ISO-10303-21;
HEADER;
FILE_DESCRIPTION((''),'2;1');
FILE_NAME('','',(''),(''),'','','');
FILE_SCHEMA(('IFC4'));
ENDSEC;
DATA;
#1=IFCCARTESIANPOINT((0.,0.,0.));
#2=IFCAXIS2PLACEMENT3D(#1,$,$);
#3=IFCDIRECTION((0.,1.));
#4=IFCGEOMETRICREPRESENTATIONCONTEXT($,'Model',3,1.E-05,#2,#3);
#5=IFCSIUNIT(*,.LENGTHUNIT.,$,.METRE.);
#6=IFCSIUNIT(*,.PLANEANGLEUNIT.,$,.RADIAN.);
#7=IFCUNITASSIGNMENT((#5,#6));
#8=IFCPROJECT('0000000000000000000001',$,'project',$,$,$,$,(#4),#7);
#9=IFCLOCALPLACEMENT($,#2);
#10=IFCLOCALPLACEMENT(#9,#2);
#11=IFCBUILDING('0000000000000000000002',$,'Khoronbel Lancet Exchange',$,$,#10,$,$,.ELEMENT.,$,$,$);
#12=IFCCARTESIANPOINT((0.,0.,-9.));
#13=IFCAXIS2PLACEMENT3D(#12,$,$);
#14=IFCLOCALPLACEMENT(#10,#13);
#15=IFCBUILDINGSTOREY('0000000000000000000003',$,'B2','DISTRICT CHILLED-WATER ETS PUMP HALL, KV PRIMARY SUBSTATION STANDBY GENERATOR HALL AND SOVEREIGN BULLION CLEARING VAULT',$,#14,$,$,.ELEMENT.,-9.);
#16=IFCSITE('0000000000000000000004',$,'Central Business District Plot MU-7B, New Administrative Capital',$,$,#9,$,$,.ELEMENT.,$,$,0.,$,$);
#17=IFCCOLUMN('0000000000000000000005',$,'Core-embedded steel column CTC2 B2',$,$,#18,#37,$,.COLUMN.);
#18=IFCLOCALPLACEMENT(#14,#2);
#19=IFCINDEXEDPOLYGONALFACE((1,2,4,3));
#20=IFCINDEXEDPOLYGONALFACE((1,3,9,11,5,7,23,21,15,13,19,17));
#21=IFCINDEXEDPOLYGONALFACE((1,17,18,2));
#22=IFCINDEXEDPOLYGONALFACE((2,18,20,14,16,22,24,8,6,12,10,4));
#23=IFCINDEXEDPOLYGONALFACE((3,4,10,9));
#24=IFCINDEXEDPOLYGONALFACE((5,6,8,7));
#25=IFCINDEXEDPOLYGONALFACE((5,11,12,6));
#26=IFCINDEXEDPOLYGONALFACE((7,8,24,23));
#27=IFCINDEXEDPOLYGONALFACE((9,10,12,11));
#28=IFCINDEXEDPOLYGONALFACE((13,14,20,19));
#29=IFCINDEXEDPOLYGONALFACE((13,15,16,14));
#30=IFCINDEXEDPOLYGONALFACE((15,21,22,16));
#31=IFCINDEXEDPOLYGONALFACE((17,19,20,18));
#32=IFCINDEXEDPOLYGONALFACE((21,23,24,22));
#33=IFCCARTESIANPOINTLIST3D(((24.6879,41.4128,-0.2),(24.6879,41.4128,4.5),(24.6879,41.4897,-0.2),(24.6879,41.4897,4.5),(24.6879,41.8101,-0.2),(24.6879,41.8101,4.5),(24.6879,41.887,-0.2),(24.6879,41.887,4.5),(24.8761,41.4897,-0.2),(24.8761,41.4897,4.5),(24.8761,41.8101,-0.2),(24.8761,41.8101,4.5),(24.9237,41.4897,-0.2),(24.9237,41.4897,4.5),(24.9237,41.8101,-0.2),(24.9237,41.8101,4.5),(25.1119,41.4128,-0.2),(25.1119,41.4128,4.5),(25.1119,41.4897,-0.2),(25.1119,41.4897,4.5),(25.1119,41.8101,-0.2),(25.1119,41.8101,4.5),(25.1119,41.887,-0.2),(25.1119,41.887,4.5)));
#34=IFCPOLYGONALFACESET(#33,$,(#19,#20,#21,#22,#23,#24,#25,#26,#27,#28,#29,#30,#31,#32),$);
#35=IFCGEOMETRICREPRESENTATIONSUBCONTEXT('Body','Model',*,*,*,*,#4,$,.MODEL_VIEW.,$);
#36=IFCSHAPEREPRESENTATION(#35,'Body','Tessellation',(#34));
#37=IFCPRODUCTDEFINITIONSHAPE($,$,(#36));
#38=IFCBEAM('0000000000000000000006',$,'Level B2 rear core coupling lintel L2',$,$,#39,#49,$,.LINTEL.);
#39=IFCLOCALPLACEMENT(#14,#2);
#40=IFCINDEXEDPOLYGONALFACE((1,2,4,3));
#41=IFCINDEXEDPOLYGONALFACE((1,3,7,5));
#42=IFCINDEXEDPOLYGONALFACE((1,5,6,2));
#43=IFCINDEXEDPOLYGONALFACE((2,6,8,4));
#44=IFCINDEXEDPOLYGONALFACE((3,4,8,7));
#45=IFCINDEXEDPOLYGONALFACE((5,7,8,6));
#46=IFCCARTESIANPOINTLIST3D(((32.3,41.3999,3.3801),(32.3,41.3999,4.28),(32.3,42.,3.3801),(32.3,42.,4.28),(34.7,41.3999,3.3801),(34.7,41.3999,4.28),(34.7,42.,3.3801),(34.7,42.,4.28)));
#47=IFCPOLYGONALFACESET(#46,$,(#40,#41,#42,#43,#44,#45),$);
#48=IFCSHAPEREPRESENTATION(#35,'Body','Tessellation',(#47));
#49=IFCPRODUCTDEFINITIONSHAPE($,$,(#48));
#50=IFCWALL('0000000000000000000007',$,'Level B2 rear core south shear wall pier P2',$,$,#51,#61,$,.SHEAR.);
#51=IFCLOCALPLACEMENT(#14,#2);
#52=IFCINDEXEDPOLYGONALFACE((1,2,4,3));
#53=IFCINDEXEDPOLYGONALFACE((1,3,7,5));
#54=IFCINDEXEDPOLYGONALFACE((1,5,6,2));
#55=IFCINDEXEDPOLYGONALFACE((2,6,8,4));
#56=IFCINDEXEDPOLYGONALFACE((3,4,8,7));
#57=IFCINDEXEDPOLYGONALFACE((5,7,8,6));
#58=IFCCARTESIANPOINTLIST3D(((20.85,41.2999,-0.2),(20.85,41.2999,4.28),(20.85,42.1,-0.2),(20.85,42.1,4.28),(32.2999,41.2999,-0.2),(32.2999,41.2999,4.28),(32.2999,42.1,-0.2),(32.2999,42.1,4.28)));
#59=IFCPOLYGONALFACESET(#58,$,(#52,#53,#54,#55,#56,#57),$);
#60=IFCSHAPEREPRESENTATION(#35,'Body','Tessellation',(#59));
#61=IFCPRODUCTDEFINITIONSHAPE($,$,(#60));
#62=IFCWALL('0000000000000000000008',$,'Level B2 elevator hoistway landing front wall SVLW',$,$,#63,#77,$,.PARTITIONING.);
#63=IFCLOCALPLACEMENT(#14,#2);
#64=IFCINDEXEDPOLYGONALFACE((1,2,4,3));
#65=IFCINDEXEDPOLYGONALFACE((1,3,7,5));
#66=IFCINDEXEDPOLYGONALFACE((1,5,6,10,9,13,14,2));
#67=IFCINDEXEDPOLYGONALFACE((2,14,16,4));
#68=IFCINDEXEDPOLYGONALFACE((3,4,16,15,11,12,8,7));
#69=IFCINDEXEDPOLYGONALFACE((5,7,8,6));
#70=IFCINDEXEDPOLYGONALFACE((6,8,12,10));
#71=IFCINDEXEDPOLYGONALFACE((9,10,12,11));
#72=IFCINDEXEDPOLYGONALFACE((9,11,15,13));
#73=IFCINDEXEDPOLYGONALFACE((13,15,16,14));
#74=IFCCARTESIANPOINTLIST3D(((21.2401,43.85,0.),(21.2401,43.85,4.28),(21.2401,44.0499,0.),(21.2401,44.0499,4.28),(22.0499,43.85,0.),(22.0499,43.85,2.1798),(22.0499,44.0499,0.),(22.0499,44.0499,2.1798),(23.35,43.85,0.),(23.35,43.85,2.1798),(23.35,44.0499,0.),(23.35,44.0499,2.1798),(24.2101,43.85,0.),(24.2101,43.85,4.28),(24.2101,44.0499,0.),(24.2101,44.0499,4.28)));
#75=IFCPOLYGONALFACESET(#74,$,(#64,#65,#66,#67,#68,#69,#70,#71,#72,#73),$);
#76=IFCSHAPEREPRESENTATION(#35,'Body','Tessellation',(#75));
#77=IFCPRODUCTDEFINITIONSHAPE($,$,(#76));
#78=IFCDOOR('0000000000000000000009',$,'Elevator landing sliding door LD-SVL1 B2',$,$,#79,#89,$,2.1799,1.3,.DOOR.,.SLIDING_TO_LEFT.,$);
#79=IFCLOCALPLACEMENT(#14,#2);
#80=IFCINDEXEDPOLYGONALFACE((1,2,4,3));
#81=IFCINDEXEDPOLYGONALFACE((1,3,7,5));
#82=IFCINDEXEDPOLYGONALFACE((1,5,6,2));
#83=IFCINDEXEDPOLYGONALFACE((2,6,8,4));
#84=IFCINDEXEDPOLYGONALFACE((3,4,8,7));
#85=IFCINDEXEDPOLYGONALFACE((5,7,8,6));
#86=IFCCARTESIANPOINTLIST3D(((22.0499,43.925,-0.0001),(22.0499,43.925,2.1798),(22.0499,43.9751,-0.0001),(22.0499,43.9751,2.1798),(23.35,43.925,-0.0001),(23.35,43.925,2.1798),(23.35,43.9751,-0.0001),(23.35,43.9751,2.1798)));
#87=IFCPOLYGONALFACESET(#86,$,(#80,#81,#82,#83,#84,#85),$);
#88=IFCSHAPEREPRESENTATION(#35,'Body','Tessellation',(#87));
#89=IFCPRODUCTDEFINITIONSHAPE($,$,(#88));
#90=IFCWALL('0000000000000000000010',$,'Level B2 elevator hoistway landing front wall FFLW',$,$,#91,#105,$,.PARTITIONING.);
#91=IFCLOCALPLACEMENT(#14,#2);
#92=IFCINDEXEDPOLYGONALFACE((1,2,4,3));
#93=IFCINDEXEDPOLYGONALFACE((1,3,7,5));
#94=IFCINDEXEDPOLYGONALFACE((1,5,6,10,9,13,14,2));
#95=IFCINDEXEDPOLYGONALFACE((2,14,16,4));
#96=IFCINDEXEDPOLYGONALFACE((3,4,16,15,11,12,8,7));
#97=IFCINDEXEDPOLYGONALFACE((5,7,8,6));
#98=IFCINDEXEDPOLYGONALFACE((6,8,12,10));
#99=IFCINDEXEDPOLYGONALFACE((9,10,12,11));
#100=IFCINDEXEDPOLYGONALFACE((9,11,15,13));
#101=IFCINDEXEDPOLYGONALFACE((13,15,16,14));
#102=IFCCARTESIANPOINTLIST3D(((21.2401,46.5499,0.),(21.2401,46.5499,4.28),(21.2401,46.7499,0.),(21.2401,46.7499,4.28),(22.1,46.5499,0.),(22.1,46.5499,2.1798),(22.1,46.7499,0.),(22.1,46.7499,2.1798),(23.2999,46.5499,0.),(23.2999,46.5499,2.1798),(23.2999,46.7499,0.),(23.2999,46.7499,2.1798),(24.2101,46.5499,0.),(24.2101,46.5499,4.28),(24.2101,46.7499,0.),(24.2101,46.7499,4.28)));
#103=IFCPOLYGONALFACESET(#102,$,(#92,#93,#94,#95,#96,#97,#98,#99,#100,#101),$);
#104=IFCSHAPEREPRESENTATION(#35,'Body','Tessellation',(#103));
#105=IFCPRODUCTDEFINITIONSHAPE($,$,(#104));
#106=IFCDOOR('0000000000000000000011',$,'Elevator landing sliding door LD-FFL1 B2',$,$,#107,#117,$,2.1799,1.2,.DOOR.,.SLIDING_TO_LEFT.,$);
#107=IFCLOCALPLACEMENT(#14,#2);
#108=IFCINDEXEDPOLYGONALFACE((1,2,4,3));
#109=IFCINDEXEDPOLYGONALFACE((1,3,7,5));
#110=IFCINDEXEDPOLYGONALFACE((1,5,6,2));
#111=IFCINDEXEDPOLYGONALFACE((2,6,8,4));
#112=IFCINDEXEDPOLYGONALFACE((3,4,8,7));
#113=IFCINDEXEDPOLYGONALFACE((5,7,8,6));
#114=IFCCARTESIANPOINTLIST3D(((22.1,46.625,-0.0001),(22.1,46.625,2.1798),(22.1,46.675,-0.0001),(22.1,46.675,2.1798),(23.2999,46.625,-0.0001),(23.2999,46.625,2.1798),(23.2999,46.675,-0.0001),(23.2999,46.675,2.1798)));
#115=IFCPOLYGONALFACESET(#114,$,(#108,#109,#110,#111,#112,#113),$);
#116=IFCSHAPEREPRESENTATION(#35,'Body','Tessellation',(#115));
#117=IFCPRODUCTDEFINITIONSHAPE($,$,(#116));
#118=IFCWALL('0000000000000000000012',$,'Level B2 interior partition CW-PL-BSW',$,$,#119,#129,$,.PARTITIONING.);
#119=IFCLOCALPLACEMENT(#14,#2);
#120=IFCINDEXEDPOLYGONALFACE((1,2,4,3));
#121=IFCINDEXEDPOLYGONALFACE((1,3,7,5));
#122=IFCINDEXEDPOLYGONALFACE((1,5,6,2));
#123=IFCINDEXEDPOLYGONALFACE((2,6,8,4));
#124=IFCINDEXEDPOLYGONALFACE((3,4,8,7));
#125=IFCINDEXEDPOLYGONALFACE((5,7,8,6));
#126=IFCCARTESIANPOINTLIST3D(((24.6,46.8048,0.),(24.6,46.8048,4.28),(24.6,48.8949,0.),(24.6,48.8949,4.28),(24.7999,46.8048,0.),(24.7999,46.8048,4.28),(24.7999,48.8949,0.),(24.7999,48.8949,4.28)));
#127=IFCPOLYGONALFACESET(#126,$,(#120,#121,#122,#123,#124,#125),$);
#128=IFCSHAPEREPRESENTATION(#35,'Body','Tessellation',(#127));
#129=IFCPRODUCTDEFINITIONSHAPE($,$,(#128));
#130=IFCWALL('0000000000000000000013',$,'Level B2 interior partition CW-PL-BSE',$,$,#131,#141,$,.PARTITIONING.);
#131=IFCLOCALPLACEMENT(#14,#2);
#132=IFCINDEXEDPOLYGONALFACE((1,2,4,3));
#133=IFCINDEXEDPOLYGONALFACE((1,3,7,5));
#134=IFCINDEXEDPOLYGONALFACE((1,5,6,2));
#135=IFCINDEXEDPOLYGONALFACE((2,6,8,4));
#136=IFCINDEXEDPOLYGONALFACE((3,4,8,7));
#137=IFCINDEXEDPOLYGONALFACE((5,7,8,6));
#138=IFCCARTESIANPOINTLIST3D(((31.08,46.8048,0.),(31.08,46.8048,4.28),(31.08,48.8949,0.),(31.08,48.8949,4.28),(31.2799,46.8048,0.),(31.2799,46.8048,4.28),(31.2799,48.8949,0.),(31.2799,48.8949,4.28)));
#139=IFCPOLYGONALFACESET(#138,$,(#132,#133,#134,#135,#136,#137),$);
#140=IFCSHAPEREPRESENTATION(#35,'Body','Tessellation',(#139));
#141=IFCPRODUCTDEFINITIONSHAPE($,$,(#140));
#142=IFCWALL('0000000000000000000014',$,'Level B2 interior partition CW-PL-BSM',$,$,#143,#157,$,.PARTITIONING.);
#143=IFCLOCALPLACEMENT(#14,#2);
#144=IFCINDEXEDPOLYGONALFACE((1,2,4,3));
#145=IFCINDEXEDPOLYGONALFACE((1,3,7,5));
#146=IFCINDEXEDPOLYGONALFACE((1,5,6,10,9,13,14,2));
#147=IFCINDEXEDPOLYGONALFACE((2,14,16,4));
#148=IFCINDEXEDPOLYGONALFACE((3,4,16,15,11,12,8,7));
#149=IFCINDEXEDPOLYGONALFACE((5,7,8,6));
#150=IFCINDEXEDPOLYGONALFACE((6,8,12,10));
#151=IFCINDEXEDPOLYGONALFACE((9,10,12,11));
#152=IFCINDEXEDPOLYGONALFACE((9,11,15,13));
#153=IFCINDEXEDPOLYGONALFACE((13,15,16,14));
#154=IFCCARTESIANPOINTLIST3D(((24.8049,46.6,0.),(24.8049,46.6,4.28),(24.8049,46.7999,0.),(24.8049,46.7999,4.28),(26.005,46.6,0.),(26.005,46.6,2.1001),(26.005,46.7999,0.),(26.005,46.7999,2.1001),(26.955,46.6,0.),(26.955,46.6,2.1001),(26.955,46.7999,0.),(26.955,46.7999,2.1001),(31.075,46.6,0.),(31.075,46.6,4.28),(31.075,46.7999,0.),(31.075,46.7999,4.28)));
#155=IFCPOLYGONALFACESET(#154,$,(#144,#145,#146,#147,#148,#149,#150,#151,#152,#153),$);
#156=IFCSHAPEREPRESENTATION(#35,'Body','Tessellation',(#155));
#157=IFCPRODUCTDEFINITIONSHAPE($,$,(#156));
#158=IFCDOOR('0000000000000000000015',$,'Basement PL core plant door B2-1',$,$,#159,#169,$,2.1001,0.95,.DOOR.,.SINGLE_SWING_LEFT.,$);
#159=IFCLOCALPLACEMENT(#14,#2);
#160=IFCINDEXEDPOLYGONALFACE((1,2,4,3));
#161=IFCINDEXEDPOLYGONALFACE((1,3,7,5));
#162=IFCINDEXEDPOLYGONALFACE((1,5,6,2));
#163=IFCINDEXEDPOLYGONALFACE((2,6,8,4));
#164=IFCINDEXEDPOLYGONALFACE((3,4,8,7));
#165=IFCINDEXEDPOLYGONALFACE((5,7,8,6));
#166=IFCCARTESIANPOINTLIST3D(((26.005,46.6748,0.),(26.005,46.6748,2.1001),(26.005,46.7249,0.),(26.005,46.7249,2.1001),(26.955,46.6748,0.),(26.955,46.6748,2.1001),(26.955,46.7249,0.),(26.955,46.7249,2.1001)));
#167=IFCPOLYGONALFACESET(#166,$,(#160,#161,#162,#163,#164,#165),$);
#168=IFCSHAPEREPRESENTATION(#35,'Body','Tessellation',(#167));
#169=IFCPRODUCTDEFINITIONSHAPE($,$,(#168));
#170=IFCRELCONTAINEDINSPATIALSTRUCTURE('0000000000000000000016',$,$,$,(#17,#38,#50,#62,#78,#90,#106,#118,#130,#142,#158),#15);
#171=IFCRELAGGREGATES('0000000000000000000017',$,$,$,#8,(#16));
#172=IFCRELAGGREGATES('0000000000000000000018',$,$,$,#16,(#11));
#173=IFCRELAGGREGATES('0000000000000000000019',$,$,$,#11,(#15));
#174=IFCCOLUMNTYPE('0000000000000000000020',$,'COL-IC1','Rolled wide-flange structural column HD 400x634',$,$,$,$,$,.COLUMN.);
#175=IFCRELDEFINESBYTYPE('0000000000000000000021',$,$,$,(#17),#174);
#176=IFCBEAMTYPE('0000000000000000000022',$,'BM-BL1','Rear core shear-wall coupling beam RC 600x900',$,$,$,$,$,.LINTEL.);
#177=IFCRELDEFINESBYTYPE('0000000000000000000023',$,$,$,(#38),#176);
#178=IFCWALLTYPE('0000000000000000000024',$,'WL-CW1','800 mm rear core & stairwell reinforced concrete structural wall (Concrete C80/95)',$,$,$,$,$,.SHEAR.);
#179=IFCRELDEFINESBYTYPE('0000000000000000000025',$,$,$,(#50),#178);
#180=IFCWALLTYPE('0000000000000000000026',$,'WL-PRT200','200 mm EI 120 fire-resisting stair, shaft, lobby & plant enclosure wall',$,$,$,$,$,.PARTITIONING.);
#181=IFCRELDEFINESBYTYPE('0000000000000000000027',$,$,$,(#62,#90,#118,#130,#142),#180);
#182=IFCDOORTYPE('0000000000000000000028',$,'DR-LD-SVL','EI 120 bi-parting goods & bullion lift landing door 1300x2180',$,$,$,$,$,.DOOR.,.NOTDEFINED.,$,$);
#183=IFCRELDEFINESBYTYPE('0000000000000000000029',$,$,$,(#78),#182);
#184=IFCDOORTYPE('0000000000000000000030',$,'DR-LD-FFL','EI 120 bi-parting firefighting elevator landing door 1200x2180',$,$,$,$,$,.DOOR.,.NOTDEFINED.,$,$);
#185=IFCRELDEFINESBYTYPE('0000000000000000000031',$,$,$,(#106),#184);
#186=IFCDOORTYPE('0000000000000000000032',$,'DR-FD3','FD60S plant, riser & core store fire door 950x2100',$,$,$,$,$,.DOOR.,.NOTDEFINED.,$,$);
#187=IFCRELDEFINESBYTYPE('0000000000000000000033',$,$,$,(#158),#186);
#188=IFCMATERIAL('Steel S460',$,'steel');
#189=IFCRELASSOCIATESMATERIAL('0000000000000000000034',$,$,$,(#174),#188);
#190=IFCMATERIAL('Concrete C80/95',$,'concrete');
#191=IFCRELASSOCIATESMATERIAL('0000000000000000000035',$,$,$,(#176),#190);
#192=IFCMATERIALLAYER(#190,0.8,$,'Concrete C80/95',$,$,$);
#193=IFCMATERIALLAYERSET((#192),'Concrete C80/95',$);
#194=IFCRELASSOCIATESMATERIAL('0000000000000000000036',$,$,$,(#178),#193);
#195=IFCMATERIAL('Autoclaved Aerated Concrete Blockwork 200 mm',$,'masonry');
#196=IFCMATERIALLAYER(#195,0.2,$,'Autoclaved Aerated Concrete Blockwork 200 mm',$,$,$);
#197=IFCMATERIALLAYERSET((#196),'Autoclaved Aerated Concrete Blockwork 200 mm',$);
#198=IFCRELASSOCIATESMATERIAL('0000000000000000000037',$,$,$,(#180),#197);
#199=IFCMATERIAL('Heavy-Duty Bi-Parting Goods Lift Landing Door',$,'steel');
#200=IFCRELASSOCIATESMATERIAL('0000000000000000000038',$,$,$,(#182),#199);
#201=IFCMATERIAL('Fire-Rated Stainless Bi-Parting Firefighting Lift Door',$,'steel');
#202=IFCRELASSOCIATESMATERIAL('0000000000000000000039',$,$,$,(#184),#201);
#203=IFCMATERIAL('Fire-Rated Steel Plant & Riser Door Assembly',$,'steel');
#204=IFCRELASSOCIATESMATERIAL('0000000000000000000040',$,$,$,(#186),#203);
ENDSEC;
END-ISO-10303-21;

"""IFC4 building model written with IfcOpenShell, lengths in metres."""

from ifc_helpers import new_model, si_unit, direction, frame, frame_2d, origin, origin_2d, place, context, subcontext, project, spatial, rectangle, i_section, extrude, material, layer, layer_set, material_profile, profile_set, type_object, element, fill, save


model = new_model("IFC4")

# Units and contexts
model_context = context("Model", 3, precision=1e-05, world=origin(), true_north=direction((0.0, 1.0)))
body_context = subcontext(model_context, "Body", "Model", "MODEL_VIEW")
ifc_project = project(units=[si_unit("LENGTHUNIT", "METRE"), si_unit("PLANEANGLEUNIT", "RADIAN")], contexts=[model_context])

# Site, building, storey
site_placement = place(None, origin())
site = spatial("IfcSite", under=ifc_project, at=site_placement, Name="Central Business District Plot MU-7B, New Administrative Capital", CompositionType="ELEMENT", RefElevation=0.0)
building_placement = place(site_placement, origin())
building = spatial("IfcBuilding", under=site, at=building_placement, Name="Khoronbel Lancet Exchange", CompositionType="ELEMENT")
storey_placement = place(building_placement, frame((0.0, 0.0, -9.0)))
storey = spatial("IfcBuildingStorey", under=building, at=storey_placement, Name="B2", Description="DISTRICT CHILLED-WATER ETS PUMP HALL, KV PRIMARY SUBSTATION STANDBY GENERATOR HALL AND SOVEREIGN BULLION CLEARING VAULT", CompositionType="ELEMENT", Elevation=-9.0)

# Column
ifc_material_1 = material(Name="Steel S460", Category="steel")
ifc_material_profile_1 = material_profile(ifc_material_1, i_section(OverallWidth=0.4241, OverallDepth=0.4741, WebThickness=0.0476, FlangeThickness=0.0769, at=origin_2d()), Name="HD 400x634")
ifc_profile_set_1 = profile_set([ifc_material_profile_1], Name="Steel S460")
column_type = type_object("IfcColumnType", Name="COL-IC1", Description="Rolled wide-flange structural column HD 400x634", PredefinedType="COLUMN", material=ifc_profile_set_1)
for number, where, z_axis, x_axis, name in (
    (1, (24.8999, 41.6499, -0.2), (0.0, 0.0, 1.0), (1.0, 0.0, 0.0), "Core-embedded steel column CTC2 B2"),
):
    element("IfcColumn", number, at=place(storey_placement, frame(where, z_axis=z_axis, x_axis=x_axis)), inside=storey, type_object=column_type, Name=name, PredefinedType="COLUMN", context=body_context, shape_type="SweptSolid", body=[
        extrude(i_section(OverallWidth=0.4241, OverallDepth=0.4741, WebThickness=0.0476, FlangeThickness=0.0769, at=origin_2d()), origin(), (0.0, 0.0, 1.0), 4.7),
    ])

# Beam
ifc_material_2 = material(Name="Concrete C80/95", Category="concrete")
ifc_material_profile_2 = material_profile(ifc_material_2, rectangle(XDim=0.6001, YDim=0.8999, at=origin_2d()), Name="RC 600x900")
ifc_profile_set_2 = profile_set([ifc_material_profile_2], Name="Concrete C80/95")
beam_type = type_object("IfcBeamType", Name="BM-BL1", Description="Rear core shear-wall coupling beam RC 600x900", PredefinedType="LINTEL", material=ifc_profile_set_2)
beam_placement = place(storey_placement, frame((32.3, 41.7, 3.8301), z_axis=(1.0, 0.0, 0.0), x_axis=(0.0, 1.0, 0.0)))
element("IfcBeam", 2, at=beam_placement, inside=storey, type_object=beam_type, Name="Level B2 rear core coupling lintel L2", PredefinedType="LINTEL", context=body_context, shape_type="SweptSolid", body=[
    extrude(rectangle(XDim=0.6001, YDim=0.8999, at=origin_2d()), origin(), (0.0, 0.0, 1.0), 2.3999),
])

# Wall
ifc_layer_1 = layer(ifc_material_2, 0.8, Name="Concrete C80/95")
ifc_layer_set_1 = layer_set([ifc_layer_1], Name="Concrete C80/95")
wall_type_1 = type_object("IfcWallType", Name="WL-CW1", Description="800 mm rear core & stairwell reinforced concrete structural wall (Concrete C80/95)", PredefinedType="SHEAR", material=ifc_layer_set_1)
wall_1_placement = place(storey_placement, frame((32.3, 41.7, -0.2), z_axis=(0.0, 0.0, 1.0), x_axis=(-1.0, 0.0, 0.0)))
element("IfcWall", 3, at=wall_1_placement, inside=storey, type_object=wall_type_1, Name="Level B2 rear core south shear wall pier P2", PredefinedType="SHEAR", context=body_context, shape_type="SweptSolid", body=[
    extrude(rectangle(XDim=11.45, YDim=0.8, at=frame_2d((5.7251, 0.0))), origin(), (0.0, 0.0, 1.0), 4.48),
])

# Walls, openings, doors
ifc_material_3 = material(Name="Autoclaved Aerated Concrete Blockwork 200 mm", Category="masonry")
ifc_layer_2 = layer(ifc_material_3, 0.2, Name="Autoclaved Aerated Concrete Blockwork 200 mm")
ifc_layer_set_2 = layer_set([ifc_layer_2], Name="Autoclaved Aerated Concrete Blockwork 200 mm")
wall_type_2 = type_object("IfcWallType", Name="WL-PRT200", Description="200 mm EI 120 fire-resisting stair, shaft, lobby & plant enclosure wall", PredefinedType="PARTITIONING", material=ifc_layer_set_2)
wall_2_placement = place(storey_placement, frame((24.21, 43.95, 0.0), z_axis=(0.0, 0.0, 1.0), x_axis=(-1.0, 0.0, 0.0)))
wall_2 = element("IfcWall", 4, at=wall_2_placement, inside=storey, type_object=wall_type_2, Name="Level B2 elevator hoistway landing front wall SVLW", PredefinedType="PARTITIONING", context=body_context, shape_type="SweptSolid", body=[
    extrude(rectangle(XDim=2.97, YDim=0.2, at=frame_2d((1.4849, 0.0))), origin(), (0.0, 0.0, 1.0), 4.28),
])
opening_1_placement = place(wall_2_placement, frame((0.8601, 0.0, 0.0)))
opening_1 = element("IfcOpeningElement", 5, at=opening_1_placement, cuts=wall_2, PredefinedType="OPENING", context=body_context, shape_type="SweptSolid", body=[
    extrude(rectangle(XDim=1.3, YDim=2.1799, at=frame_2d((0.6499, 1.0898))), frame((0.0, 0.1099, 0.0), z_axis=(0.0, -1.0, 0.0), x_axis=(1.0, 0.0, 0.0)), (0.0, 0.0, 1.0), 0.22),
])
ifc_material_4 = material(Name="Heavy-Duty Bi-Parting Goods Lift Landing Door", Category="steel")
door_type_1 = type_object("IfcDoorType", Name="DR-LD-SVL", Description="EI 120 bi-parting goods & bullion lift landing door 1300x2180", OperationType="NOTDEFINED", PredefinedType="DOOR", material=ifc_material_4)
door_1_placement = place(opening_1_placement, origin())
door_1 = element("IfcDoor", 6, at=door_1_placement, inside=storey, type_object=door_type_1, Name="Elevator landing sliding door LD-SVL1 B2", OperationType="SLIDING_TO_LEFT", OverallHeight=2.1799, OverallWidth=1.3, PredefinedType="DOOR", context=body_context, shape_type="SweptSolid", body=[
    extrude(rectangle(XDim=1.3, YDim=2.1799, at=frame_2d((0.6499, 1.0898))), frame((0.0, 0.0249, 0.0), z_axis=(0.0, -1.0, 0.0), x_axis=(1.0, 0.0, 0.0)), (0.0, 0.0, 1.0), 0.05),
])
fill(opening_1, door_1)
wall_3_placement = place(storey_placement, frame((24.21, 46.6499, 0.0), z_axis=(0.0, 0.0, 1.0), x_axis=(-1.0, 0.0, 0.0)))
wall_3 = element("IfcWall", 7, at=wall_3_placement, inside=storey, type_object=wall_type_2, Name="Level B2 elevator hoistway landing front wall FFLW", PredefinedType="PARTITIONING", context=body_context, shape_type="SweptSolid", body=[
    extrude(rectangle(XDim=2.97, YDim=0.2, at=frame_2d((1.4849, 0.0))), origin(), (0.0, 0.0, 1.0), 4.28),
])
opening_2_placement = place(wall_3_placement, frame((0.9099, 0.0, 0.0)))
opening_2 = element("IfcOpeningElement", 8, at=opening_2_placement, cuts=wall_3, PredefinedType="OPENING", context=body_context, shape_type="SweptSolid", body=[
    extrude(rectangle(XDim=1.2, YDim=2.1799, at=frame_2d((0.6001, 1.0898))), frame((0.0, 0.1099, 0.0), z_axis=(0.0, -1.0, 0.0), x_axis=(1.0, 0.0, 0.0)), (0.0, 0.0, 1.0), 0.22),
])
ifc_material_5 = material(Name="Fire-Rated Stainless Bi-Parting Firefighting Lift Door", Category="steel")
door_type_2 = type_object("IfcDoorType", Name="DR-LD-FFL", Description="EI 120 bi-parting firefighting elevator landing door 1200x2180", OperationType="NOTDEFINED", PredefinedType="DOOR", material=ifc_material_5)
door_2_placement = place(opening_2_placement, origin())
door_2 = element("IfcDoor", 9, at=door_2_placement, inside=storey, type_object=door_type_2, Name="Elevator landing sliding door LD-FFL1 B2", OperationType="SLIDING_TO_LEFT", OverallHeight=2.1799, OverallWidth=1.2, PredefinedType="DOOR", context=body_context, shape_type="SweptSolid", body=[
    extrude(rectangle(XDim=1.2, YDim=2.1799, at=frame_2d((0.6001, 1.0898))), frame((0.0, 0.0249, 0.0), z_axis=(0.0, -1.0, 0.0), x_axis=(1.0, 0.0, 0.0)), (0.0, 0.0, 1.0), 0.05),
])
fill(opening_2, door_2)

# Walls
for number, where, z_axis, x_axis, name in (
    (10, (24.7, 46.8049, 0.0), (0.0, 0.0, 1.0), (0.0, 1.0, 0.0), "Level B2 interior partition CW-PL-BSW"),
    (11, (31.1799, 46.8049, 0.0), (0.0, 0.0, 1.0), (0.0, 1.0, 0.0), "Level B2 interior partition CW-PL-BSE"),
):
    element("IfcWall", number, at=place(storey_placement, frame(where, z_axis=z_axis, x_axis=x_axis)), inside=storey, type_object=wall_type_2, Name=name, PredefinedType="PARTITIONING", context=body_context, shape_type="SweptSolid", body=[
        extrude(rectangle(XDim=2.0901, YDim=0.2, at=frame_2d((1.0449, 0.0))), origin(), (0.0, 0.0, 1.0), 4.28),
    ])

# Wall, opening, door
wall_4_placement = place(storey_placement, frame((24.8049, 46.7, 0.0), z_axis=(0.0, 0.0, 1.0), x_axis=(1.0, 0.0, 0.0)))
wall_4 = element("IfcWall", 12, at=wall_4_placement, inside=storey, type_object=wall_type_2, Name="Level B2 interior partition CW-PL-BSM", PredefinedType="PARTITIONING", context=body_context, shape_type="SweptSolid", body=[
    extrude(rectangle(XDim=6.27, YDim=0.2, at=frame_2d((3.135, 0.0))), origin(), (0.0, 0.0, 1.0), 4.28),
])
opening_3_placement = place(wall_4_placement, frame((1.2, 0.0, 0.0)))
opening_3 = element("IfcOpeningElement", 13, at=opening_3_placement, cuts=wall_4, PredefinedType="OPENING", context=body_context, shape_type="SweptSolid", body=[
    extrude(rectangle(XDim=0.95, YDim=2.1001, at=frame_2d((0.4751, 1.05))), frame((0.0, 0.1099, 0.0), z_axis=(0.0, -1.0, 0.0), x_axis=(1.0, 0.0, 0.0)), (0.0, 0.0, 1.0), 0.22),
])
ifc_material_6 = material(Name="Fire-Rated Steel Plant & Riser Door Assembly", Category="steel")
door_type_3 = type_object("IfcDoorType", Name="DR-FD3", Description="FD60S plant, riser & core store fire door 950x2100", OperationType="NOTDEFINED", PredefinedType="DOOR", material=ifc_material_6)
door_3_placement = place(opening_3_placement, origin())
door_3 = element("IfcDoor", 14, at=door_3_placement, inside=storey, type_object=door_type_3, Name="Basement PL core plant door B2-1", OperationType="SINGLE_SWING_LEFT", OverallHeight=2.1001, OverallWidth=0.95, PredefinedType="DOOR", context=body_context, shape_type="SweptSolid", body=[
    extrude(rectangle(XDim=0.95, YDim=2.1001, at=frame_2d((0.4751, 1.05))), frame((0.0, 0.0249, 0.0), z_axis=(0.0, -1.0, 0.0), x_axis=(1.0, 0.0, 0.0)), (0.0, 0.0, 1.0), 0.05),
])
fill(opening_3, door_3)

save(model, "model.ifc")
